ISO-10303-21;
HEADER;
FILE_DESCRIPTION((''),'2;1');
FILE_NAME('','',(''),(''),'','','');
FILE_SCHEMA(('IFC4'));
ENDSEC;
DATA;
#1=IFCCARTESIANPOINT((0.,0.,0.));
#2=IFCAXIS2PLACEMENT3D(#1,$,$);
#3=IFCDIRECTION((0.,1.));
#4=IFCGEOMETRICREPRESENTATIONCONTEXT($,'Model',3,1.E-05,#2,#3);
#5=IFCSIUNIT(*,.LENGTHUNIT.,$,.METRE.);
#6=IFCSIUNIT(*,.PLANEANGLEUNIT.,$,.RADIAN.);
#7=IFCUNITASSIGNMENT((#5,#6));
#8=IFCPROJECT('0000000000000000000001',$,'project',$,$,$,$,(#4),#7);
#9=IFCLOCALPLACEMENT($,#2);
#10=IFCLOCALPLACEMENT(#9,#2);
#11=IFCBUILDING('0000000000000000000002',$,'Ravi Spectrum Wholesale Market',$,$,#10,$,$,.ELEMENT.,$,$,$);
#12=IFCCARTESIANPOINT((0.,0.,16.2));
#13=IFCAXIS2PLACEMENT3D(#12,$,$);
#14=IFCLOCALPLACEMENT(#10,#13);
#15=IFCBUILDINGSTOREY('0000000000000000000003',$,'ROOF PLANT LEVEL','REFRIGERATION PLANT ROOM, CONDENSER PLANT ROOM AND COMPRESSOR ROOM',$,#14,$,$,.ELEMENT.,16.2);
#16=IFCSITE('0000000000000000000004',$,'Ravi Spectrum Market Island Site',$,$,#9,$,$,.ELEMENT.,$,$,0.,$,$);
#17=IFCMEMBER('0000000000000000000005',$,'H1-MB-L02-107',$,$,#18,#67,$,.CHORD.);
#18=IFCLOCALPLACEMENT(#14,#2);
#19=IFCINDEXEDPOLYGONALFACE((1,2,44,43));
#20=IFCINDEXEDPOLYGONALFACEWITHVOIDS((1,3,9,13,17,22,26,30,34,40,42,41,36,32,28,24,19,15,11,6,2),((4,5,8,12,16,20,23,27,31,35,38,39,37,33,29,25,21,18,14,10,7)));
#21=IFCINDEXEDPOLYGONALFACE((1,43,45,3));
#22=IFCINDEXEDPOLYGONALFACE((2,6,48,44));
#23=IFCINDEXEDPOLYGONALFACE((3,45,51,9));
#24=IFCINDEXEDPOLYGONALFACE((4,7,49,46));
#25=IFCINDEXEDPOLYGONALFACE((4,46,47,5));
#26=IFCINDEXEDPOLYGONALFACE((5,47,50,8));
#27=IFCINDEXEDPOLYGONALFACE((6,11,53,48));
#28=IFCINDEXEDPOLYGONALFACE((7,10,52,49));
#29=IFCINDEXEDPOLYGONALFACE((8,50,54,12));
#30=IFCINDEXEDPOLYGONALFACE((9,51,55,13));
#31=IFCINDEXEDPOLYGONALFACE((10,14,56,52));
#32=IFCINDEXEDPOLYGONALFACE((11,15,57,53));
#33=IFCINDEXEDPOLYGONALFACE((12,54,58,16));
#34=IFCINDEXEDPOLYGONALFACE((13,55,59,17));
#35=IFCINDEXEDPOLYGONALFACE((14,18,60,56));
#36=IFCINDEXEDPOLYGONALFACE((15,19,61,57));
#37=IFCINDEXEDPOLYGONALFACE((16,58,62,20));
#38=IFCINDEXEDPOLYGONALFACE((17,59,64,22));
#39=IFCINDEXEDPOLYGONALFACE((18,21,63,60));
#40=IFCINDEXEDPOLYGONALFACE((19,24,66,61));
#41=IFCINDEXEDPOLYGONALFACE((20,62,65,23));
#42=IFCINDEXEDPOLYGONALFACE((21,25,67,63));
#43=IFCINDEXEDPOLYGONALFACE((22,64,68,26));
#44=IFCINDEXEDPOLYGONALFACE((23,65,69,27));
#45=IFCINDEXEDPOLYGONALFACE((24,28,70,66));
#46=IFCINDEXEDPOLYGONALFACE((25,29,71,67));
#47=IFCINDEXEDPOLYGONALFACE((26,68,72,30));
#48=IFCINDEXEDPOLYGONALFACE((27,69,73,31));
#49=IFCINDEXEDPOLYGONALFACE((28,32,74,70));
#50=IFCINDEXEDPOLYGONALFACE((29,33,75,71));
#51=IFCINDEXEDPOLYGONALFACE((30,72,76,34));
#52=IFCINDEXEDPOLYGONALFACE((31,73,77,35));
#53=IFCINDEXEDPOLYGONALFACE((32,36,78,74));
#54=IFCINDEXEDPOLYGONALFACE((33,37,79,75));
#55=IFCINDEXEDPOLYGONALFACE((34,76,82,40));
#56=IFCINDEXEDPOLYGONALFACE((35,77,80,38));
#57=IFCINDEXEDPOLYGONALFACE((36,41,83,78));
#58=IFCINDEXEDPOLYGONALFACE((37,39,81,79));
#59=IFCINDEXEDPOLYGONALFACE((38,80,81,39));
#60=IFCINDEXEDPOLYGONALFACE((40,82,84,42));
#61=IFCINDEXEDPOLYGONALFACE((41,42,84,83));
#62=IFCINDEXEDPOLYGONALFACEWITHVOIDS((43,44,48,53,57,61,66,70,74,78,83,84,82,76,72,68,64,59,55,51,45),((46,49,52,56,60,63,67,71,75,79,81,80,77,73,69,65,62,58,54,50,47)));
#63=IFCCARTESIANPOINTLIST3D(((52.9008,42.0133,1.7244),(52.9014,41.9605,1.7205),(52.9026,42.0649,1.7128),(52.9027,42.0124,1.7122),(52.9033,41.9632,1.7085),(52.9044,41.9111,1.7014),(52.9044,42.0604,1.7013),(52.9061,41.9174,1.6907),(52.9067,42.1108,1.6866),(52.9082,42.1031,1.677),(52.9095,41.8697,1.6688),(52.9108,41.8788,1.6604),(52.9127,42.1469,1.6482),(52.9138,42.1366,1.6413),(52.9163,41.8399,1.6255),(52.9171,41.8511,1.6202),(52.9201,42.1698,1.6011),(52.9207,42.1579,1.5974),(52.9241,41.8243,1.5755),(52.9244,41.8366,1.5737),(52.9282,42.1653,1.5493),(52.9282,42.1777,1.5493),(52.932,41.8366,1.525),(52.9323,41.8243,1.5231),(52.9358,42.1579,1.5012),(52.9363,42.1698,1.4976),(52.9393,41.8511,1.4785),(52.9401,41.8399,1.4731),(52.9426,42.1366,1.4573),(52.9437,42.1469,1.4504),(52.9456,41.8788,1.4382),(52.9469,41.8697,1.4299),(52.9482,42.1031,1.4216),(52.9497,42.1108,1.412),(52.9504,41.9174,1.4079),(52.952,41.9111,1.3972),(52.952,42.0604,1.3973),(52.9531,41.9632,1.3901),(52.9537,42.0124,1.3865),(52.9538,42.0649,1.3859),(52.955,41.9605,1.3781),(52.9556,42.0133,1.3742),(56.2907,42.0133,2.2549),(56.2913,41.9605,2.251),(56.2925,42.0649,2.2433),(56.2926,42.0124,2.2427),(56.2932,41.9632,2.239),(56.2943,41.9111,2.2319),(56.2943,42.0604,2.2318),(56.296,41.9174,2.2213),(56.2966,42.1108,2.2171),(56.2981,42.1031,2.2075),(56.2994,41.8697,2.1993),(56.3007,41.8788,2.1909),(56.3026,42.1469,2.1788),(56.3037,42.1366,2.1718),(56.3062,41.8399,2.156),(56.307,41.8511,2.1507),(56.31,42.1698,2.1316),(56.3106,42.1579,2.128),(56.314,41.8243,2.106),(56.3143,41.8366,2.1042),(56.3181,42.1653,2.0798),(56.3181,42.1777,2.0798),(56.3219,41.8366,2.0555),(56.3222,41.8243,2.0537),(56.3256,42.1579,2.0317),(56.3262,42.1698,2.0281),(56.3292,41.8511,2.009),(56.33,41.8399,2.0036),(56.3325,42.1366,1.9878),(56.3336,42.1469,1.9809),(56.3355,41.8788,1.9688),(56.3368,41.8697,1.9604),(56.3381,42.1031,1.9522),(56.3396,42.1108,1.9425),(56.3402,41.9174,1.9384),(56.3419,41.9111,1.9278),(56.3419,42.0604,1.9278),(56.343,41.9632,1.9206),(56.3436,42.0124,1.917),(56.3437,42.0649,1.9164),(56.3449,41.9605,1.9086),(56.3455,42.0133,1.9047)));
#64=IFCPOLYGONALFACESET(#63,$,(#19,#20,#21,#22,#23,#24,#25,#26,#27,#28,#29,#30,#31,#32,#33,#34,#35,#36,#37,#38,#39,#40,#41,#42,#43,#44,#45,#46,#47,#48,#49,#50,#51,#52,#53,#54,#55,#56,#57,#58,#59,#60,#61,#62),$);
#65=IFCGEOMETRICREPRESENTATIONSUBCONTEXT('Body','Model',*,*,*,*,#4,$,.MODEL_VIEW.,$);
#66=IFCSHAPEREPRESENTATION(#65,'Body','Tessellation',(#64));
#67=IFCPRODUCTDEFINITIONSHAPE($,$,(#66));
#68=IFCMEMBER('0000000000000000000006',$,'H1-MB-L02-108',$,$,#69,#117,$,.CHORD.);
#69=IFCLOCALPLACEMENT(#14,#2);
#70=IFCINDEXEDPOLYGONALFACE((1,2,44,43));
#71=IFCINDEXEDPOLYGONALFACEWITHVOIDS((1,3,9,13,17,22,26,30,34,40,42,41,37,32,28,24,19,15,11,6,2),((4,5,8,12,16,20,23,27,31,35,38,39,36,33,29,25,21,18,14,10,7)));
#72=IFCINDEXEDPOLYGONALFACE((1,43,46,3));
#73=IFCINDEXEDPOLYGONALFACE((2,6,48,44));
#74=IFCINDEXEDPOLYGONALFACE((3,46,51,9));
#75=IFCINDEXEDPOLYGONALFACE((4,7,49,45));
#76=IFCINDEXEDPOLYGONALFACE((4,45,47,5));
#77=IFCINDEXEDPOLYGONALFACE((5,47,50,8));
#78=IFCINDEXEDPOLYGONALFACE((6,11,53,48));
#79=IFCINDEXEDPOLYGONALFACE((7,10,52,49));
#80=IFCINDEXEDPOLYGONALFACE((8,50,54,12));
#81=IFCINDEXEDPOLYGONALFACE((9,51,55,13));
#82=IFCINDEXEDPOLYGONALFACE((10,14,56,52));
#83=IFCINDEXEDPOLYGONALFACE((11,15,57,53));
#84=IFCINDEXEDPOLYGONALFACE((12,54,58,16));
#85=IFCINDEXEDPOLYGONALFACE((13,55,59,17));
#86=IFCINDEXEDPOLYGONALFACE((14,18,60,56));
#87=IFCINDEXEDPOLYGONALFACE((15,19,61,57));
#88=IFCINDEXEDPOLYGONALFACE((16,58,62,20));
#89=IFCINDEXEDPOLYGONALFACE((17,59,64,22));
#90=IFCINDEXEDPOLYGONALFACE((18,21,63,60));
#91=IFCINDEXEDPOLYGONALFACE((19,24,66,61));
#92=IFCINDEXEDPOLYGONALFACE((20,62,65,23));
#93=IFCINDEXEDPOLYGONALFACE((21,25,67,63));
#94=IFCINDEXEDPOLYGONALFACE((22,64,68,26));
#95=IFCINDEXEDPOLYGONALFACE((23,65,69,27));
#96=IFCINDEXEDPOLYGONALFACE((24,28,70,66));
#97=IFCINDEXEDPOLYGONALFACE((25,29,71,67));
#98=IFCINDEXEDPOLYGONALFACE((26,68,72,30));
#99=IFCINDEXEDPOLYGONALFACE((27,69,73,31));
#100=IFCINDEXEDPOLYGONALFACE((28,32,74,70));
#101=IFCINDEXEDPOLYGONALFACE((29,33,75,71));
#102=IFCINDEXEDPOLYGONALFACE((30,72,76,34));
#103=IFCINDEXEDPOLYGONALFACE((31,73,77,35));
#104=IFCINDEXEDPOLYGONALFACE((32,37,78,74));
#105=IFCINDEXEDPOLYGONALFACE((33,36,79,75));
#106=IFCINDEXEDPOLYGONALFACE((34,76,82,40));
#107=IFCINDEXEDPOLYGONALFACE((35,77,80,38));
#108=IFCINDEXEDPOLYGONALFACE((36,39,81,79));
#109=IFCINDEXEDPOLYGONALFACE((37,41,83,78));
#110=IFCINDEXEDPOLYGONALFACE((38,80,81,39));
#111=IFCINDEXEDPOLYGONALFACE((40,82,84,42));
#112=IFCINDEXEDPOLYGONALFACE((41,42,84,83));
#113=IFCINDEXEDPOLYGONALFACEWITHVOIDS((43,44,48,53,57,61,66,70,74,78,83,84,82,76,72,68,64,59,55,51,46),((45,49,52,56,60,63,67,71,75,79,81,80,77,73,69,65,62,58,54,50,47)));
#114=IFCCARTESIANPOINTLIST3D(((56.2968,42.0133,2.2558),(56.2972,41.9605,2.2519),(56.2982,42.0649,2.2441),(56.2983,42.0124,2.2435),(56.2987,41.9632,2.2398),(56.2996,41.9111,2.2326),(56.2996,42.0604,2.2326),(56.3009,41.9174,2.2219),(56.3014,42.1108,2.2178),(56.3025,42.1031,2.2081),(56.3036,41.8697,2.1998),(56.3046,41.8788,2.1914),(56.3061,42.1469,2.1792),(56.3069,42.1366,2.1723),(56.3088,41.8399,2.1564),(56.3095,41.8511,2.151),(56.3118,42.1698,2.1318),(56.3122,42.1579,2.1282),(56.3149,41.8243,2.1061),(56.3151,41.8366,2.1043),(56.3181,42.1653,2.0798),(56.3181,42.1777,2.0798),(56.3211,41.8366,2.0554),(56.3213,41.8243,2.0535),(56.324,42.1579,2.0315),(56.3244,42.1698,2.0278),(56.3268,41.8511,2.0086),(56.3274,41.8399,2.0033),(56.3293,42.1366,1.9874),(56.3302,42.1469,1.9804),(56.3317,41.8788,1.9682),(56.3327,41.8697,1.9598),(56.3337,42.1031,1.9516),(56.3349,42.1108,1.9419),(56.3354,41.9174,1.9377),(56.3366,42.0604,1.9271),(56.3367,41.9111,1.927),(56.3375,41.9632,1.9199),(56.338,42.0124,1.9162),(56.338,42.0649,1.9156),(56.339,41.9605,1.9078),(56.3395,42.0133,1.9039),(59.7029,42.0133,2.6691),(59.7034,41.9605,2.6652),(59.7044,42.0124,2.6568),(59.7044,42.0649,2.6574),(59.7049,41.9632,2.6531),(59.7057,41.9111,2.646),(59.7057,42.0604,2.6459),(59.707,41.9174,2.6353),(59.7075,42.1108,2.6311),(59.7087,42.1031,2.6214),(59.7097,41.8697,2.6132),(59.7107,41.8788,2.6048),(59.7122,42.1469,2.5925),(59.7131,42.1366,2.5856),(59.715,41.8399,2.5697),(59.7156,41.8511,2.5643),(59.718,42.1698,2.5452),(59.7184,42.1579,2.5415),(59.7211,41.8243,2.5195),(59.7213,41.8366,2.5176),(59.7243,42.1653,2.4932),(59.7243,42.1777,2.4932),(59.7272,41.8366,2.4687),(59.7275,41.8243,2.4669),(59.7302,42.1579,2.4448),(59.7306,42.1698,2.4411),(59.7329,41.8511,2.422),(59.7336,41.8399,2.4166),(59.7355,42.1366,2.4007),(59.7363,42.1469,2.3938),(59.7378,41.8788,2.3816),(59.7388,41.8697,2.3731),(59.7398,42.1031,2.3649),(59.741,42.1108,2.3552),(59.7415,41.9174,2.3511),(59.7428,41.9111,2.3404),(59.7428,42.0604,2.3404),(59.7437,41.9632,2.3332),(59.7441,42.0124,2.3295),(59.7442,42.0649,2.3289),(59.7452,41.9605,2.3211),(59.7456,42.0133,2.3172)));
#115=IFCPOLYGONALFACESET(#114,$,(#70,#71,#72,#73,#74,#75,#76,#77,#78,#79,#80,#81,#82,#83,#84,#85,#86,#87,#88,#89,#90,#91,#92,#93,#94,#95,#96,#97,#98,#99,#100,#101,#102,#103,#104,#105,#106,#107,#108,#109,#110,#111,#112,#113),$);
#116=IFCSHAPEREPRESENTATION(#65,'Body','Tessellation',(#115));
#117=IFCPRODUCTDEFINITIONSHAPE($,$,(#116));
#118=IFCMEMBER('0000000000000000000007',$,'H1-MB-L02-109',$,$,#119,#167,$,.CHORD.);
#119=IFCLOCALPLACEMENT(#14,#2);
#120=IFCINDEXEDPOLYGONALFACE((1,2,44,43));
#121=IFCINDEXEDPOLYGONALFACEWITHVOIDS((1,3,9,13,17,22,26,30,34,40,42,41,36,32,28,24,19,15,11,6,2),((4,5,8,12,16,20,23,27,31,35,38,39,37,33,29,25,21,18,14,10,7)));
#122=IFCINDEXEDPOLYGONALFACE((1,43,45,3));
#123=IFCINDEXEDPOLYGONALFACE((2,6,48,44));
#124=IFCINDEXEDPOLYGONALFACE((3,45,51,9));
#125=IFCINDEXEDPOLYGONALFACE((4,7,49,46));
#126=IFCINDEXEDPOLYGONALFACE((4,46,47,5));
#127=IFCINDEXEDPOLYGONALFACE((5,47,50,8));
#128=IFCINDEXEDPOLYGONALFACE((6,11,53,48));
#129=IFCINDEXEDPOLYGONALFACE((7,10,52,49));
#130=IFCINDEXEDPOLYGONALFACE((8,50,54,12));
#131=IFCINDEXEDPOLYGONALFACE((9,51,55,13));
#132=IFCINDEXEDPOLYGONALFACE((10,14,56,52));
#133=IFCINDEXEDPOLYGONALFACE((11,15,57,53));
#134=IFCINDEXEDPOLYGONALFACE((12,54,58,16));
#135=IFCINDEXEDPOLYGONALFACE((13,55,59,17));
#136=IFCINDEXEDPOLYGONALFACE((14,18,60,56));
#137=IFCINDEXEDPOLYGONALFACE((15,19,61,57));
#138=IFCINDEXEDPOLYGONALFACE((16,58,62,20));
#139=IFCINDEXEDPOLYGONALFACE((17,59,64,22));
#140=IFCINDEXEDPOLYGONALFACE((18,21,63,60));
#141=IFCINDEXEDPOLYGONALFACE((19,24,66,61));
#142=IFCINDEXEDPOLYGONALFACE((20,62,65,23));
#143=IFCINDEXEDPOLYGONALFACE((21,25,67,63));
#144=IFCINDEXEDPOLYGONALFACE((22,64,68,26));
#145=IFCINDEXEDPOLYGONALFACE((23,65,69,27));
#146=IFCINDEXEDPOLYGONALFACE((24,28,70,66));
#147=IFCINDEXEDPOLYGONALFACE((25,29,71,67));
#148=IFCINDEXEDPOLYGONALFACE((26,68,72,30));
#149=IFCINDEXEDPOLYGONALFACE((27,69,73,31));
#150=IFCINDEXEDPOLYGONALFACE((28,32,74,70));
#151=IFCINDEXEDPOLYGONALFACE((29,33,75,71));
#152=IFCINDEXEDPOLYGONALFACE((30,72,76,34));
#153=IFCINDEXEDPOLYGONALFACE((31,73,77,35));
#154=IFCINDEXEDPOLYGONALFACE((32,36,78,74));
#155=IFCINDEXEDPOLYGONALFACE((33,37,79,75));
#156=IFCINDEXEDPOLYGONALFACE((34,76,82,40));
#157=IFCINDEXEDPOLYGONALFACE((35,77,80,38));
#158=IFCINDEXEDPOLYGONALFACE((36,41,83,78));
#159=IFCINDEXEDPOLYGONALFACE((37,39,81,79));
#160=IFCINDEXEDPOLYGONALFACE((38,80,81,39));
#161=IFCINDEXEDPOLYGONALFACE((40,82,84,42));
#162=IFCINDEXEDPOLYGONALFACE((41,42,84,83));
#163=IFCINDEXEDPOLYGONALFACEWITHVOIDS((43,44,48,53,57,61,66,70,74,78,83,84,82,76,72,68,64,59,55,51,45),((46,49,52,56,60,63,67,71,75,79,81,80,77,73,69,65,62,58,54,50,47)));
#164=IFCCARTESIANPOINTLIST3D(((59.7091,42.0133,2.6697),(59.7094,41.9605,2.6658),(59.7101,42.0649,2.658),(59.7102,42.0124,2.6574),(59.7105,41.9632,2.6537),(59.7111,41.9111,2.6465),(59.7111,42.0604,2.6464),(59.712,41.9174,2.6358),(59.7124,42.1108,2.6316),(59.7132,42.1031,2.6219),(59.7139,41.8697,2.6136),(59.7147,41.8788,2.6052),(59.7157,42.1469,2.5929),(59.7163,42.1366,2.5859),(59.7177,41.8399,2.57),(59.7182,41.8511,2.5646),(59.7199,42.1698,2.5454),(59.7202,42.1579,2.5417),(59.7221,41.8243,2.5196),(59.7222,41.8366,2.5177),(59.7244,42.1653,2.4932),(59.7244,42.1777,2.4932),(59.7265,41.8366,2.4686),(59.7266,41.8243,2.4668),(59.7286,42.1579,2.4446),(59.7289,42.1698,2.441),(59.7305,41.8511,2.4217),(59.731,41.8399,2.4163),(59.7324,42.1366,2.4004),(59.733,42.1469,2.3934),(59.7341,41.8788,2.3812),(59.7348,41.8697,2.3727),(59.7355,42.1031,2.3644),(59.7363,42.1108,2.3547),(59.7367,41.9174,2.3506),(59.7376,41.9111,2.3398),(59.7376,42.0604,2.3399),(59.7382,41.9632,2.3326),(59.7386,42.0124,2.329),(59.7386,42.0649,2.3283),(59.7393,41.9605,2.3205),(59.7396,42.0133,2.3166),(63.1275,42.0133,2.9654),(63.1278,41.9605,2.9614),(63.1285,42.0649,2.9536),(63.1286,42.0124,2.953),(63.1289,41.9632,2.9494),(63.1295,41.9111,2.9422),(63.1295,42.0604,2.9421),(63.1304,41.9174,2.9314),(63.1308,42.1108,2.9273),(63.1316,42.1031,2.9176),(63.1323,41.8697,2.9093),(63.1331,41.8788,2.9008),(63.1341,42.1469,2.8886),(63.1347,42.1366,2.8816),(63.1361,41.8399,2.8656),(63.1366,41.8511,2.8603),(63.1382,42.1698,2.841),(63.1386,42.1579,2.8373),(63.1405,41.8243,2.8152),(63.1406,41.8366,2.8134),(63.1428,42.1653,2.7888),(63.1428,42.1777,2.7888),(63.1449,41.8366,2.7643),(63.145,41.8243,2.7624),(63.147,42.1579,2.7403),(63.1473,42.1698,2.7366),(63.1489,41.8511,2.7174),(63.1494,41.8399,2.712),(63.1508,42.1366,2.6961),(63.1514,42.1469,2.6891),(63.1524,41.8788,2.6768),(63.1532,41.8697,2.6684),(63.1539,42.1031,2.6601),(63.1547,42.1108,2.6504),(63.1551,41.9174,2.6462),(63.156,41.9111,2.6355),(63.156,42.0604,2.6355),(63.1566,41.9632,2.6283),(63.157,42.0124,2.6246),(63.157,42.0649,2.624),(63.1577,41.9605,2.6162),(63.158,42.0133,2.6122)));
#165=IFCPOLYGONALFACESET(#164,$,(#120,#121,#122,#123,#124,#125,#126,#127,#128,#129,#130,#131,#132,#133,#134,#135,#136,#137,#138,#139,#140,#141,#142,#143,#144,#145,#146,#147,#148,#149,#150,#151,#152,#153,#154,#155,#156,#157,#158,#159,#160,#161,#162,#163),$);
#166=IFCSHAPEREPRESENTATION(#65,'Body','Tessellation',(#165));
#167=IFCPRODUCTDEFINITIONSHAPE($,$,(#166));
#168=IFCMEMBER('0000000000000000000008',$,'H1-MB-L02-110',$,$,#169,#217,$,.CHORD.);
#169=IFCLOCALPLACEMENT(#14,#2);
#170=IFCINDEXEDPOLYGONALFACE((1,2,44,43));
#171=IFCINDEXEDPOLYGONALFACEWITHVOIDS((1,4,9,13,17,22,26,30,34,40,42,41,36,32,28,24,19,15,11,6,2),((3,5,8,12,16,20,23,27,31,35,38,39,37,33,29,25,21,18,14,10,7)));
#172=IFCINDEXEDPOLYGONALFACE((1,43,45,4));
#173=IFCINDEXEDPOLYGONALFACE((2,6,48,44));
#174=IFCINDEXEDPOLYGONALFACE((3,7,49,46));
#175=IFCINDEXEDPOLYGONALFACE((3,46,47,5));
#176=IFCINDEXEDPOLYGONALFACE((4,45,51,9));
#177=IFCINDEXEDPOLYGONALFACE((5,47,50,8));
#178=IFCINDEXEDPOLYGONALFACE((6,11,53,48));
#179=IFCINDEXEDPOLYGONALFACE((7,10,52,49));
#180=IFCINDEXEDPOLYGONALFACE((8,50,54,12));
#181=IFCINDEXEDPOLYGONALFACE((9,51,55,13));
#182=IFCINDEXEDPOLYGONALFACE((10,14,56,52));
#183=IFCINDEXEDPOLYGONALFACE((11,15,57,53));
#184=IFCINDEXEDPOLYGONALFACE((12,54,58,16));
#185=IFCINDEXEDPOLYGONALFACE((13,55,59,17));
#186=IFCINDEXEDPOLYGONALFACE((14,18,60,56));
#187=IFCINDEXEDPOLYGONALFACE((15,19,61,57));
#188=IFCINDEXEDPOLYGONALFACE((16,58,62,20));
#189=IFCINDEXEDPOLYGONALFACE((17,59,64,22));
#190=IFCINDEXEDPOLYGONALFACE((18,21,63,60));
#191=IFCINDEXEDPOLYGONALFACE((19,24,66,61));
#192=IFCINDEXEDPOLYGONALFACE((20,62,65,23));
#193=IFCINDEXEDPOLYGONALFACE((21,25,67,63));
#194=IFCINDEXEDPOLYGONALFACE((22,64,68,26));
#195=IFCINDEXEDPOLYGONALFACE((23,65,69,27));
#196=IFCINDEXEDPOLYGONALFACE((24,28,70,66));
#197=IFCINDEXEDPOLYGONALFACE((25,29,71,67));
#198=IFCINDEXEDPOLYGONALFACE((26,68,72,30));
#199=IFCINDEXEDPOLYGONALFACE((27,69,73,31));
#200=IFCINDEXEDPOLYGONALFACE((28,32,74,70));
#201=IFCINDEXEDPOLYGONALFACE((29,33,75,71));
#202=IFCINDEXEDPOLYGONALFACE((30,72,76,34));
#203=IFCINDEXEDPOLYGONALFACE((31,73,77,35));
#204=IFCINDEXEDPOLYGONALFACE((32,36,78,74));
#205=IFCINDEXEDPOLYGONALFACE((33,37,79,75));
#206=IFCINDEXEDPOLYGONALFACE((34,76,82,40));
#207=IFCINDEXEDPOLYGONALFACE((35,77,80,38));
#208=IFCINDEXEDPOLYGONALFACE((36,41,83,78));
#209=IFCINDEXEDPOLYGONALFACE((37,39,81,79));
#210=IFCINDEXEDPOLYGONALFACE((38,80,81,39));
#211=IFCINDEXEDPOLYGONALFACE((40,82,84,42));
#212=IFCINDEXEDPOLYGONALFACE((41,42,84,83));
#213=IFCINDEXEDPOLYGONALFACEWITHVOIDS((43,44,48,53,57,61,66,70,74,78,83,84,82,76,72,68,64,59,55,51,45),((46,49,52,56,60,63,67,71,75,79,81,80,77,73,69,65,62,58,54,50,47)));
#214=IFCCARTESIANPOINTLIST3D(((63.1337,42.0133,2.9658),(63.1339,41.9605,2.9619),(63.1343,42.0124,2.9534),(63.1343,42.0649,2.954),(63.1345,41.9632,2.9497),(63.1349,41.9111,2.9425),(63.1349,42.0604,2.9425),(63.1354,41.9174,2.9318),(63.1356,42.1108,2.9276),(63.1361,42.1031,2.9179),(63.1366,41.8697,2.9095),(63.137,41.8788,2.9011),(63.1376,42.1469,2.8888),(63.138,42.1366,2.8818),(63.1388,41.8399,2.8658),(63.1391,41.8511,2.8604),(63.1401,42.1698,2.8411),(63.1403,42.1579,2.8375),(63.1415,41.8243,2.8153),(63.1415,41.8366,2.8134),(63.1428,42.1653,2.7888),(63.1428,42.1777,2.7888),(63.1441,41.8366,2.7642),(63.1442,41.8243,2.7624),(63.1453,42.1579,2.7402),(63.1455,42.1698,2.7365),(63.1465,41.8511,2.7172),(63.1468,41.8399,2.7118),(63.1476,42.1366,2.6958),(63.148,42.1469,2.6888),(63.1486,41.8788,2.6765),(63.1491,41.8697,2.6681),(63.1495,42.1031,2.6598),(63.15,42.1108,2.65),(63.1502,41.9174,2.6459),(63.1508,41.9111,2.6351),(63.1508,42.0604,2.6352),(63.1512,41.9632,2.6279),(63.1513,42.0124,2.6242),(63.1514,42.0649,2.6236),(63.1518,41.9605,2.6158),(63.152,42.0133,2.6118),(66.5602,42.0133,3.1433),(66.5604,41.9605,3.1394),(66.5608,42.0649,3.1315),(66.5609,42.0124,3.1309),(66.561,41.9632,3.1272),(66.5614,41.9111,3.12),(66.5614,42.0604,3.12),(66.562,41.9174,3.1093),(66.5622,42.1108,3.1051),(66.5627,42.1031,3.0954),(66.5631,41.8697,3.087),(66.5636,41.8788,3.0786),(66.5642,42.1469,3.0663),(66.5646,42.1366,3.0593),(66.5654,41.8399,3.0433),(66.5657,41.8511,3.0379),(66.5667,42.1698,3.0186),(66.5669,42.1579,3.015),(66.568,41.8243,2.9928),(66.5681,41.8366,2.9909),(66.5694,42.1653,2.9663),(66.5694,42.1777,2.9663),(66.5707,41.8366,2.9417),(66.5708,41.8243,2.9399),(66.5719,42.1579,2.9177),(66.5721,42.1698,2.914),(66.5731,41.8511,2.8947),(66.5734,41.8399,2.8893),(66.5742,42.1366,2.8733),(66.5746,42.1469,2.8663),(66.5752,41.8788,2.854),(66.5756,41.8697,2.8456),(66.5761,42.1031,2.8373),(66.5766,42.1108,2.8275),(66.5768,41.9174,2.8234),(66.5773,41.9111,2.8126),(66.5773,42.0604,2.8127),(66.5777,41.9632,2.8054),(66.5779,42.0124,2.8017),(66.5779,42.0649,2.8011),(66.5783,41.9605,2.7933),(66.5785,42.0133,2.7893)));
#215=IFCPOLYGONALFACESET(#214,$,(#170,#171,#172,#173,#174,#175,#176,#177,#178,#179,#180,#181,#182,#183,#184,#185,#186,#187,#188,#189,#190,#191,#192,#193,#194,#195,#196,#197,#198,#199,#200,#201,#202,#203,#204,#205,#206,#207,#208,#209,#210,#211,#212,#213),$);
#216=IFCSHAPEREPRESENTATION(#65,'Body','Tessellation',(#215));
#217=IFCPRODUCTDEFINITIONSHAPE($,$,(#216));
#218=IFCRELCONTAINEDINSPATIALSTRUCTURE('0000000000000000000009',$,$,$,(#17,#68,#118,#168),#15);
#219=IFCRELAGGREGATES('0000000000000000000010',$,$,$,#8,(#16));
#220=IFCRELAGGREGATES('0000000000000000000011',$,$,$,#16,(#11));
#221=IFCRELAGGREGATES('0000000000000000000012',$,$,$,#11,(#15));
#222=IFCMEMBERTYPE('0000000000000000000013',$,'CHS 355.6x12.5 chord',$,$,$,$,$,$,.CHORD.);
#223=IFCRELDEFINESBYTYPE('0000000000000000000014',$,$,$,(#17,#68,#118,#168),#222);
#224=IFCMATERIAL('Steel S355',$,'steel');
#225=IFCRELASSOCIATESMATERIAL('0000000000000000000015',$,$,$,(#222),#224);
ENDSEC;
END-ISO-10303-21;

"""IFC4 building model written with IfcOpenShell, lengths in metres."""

from ifc_helpers import new_model, si_unit, direction, frame, origin, origin_2d, place, context, subcontext, project, spatial, hollow_circle, extrude, material, material_profile, profile_set, type_object, element, save


model = new_model("IFC4")

# Units and contexts
model_context = context("Model", 3, precision=1e-05, world=origin(), true_north=direction((0.0, 1.0)))
body_context = subcontext(model_context, "Body", "Model", "MODEL_VIEW")
ifc_project = project(units=[si_unit("LENGTHUNIT", "METRE"), si_unit("PLANEANGLEUNIT", "RADIAN")], contexts=[model_context])

# Site, building, storey
site_placement = place(None, origin())
site = spatial("IfcSite", under=ifc_project, at=site_placement, Name="Ravi Spectrum Market Island Site", CompositionType="ELEMENT", RefElevation=0.0)
building_placement = place(site_placement, origin())
building = spatial("IfcBuilding", under=site, at=building_placement, Name="Ravi Spectrum Wholesale Market", CompositionType="ELEMENT")
storey_placement = place(building_placement, frame((0.0, 0.0, 16.2)))
storey = spatial("IfcBuildingStorey", under=building, at=storey_placement, Name="ROOF PLANT LEVEL", Description="REFRIGERATION PLANT ROOM, CONDENSER PLANT ROOM AND COMPRESSOR ROOM", CompositionType="ELEMENT", Elevation=16.2)

# Members
ifc_material_1 = material(Name="Steel S355", Category="steel")
ifc_material_profile_1 = material_profile(ifc_material_1, hollow_circle(Radius=0.1777, WallThickness=0.0125, at=origin_2d()))
ifc_profile_set_1 = profile_set([ifc_material_profile_1], Name="Steel S355")
member_type_1 = type_object("IfcMemberType", Name="CHS 355.6x12.5 chord", PredefinedType="CHORD", material=ifc_profile_set_1)
for number, where, z_axis, x_axis, name in (
    (1, (52.9282, 42.0, 1.5493), (0.987974, 0.0, 0.154618), (0.0, 1.0, 0.0), "H1-MB-L02-107"),
    (2, (56.3181, 42.0, 2.0798), (0.992718, 0.0, 0.120461), (0.0, 1.0, 0.0), "H1-MB-L02-108"),
    (3, (59.7244, 42.0, 2.4932), (0.996281, 0.0, 0.086166), (0.0, 1.0, 0.0), "H1-MB-L02-109"),
    (4, (63.1428, 42.0, 2.7888), (0.998661, 0.0, 0.05173), (0.0, 1.0, 0.0), "H1-MB-L02-110"),
):
    element("IfcMember", number, at=place(storey_placement, frame(where, z_axis=z_axis, x_axis=x_axis)), inside=storey, type_object=member_type_1, Name=name, PredefinedType="CHORD", context=body_context, shape_type="SweptSolid", body=[
        extrude(hollow_circle(Radius=0.1777, WallThickness=0.0125, at=origin_2d()), origin(), (0.0, 0.0, 1.0), 3.4312),
    ])

save(model, "model.ifc")
